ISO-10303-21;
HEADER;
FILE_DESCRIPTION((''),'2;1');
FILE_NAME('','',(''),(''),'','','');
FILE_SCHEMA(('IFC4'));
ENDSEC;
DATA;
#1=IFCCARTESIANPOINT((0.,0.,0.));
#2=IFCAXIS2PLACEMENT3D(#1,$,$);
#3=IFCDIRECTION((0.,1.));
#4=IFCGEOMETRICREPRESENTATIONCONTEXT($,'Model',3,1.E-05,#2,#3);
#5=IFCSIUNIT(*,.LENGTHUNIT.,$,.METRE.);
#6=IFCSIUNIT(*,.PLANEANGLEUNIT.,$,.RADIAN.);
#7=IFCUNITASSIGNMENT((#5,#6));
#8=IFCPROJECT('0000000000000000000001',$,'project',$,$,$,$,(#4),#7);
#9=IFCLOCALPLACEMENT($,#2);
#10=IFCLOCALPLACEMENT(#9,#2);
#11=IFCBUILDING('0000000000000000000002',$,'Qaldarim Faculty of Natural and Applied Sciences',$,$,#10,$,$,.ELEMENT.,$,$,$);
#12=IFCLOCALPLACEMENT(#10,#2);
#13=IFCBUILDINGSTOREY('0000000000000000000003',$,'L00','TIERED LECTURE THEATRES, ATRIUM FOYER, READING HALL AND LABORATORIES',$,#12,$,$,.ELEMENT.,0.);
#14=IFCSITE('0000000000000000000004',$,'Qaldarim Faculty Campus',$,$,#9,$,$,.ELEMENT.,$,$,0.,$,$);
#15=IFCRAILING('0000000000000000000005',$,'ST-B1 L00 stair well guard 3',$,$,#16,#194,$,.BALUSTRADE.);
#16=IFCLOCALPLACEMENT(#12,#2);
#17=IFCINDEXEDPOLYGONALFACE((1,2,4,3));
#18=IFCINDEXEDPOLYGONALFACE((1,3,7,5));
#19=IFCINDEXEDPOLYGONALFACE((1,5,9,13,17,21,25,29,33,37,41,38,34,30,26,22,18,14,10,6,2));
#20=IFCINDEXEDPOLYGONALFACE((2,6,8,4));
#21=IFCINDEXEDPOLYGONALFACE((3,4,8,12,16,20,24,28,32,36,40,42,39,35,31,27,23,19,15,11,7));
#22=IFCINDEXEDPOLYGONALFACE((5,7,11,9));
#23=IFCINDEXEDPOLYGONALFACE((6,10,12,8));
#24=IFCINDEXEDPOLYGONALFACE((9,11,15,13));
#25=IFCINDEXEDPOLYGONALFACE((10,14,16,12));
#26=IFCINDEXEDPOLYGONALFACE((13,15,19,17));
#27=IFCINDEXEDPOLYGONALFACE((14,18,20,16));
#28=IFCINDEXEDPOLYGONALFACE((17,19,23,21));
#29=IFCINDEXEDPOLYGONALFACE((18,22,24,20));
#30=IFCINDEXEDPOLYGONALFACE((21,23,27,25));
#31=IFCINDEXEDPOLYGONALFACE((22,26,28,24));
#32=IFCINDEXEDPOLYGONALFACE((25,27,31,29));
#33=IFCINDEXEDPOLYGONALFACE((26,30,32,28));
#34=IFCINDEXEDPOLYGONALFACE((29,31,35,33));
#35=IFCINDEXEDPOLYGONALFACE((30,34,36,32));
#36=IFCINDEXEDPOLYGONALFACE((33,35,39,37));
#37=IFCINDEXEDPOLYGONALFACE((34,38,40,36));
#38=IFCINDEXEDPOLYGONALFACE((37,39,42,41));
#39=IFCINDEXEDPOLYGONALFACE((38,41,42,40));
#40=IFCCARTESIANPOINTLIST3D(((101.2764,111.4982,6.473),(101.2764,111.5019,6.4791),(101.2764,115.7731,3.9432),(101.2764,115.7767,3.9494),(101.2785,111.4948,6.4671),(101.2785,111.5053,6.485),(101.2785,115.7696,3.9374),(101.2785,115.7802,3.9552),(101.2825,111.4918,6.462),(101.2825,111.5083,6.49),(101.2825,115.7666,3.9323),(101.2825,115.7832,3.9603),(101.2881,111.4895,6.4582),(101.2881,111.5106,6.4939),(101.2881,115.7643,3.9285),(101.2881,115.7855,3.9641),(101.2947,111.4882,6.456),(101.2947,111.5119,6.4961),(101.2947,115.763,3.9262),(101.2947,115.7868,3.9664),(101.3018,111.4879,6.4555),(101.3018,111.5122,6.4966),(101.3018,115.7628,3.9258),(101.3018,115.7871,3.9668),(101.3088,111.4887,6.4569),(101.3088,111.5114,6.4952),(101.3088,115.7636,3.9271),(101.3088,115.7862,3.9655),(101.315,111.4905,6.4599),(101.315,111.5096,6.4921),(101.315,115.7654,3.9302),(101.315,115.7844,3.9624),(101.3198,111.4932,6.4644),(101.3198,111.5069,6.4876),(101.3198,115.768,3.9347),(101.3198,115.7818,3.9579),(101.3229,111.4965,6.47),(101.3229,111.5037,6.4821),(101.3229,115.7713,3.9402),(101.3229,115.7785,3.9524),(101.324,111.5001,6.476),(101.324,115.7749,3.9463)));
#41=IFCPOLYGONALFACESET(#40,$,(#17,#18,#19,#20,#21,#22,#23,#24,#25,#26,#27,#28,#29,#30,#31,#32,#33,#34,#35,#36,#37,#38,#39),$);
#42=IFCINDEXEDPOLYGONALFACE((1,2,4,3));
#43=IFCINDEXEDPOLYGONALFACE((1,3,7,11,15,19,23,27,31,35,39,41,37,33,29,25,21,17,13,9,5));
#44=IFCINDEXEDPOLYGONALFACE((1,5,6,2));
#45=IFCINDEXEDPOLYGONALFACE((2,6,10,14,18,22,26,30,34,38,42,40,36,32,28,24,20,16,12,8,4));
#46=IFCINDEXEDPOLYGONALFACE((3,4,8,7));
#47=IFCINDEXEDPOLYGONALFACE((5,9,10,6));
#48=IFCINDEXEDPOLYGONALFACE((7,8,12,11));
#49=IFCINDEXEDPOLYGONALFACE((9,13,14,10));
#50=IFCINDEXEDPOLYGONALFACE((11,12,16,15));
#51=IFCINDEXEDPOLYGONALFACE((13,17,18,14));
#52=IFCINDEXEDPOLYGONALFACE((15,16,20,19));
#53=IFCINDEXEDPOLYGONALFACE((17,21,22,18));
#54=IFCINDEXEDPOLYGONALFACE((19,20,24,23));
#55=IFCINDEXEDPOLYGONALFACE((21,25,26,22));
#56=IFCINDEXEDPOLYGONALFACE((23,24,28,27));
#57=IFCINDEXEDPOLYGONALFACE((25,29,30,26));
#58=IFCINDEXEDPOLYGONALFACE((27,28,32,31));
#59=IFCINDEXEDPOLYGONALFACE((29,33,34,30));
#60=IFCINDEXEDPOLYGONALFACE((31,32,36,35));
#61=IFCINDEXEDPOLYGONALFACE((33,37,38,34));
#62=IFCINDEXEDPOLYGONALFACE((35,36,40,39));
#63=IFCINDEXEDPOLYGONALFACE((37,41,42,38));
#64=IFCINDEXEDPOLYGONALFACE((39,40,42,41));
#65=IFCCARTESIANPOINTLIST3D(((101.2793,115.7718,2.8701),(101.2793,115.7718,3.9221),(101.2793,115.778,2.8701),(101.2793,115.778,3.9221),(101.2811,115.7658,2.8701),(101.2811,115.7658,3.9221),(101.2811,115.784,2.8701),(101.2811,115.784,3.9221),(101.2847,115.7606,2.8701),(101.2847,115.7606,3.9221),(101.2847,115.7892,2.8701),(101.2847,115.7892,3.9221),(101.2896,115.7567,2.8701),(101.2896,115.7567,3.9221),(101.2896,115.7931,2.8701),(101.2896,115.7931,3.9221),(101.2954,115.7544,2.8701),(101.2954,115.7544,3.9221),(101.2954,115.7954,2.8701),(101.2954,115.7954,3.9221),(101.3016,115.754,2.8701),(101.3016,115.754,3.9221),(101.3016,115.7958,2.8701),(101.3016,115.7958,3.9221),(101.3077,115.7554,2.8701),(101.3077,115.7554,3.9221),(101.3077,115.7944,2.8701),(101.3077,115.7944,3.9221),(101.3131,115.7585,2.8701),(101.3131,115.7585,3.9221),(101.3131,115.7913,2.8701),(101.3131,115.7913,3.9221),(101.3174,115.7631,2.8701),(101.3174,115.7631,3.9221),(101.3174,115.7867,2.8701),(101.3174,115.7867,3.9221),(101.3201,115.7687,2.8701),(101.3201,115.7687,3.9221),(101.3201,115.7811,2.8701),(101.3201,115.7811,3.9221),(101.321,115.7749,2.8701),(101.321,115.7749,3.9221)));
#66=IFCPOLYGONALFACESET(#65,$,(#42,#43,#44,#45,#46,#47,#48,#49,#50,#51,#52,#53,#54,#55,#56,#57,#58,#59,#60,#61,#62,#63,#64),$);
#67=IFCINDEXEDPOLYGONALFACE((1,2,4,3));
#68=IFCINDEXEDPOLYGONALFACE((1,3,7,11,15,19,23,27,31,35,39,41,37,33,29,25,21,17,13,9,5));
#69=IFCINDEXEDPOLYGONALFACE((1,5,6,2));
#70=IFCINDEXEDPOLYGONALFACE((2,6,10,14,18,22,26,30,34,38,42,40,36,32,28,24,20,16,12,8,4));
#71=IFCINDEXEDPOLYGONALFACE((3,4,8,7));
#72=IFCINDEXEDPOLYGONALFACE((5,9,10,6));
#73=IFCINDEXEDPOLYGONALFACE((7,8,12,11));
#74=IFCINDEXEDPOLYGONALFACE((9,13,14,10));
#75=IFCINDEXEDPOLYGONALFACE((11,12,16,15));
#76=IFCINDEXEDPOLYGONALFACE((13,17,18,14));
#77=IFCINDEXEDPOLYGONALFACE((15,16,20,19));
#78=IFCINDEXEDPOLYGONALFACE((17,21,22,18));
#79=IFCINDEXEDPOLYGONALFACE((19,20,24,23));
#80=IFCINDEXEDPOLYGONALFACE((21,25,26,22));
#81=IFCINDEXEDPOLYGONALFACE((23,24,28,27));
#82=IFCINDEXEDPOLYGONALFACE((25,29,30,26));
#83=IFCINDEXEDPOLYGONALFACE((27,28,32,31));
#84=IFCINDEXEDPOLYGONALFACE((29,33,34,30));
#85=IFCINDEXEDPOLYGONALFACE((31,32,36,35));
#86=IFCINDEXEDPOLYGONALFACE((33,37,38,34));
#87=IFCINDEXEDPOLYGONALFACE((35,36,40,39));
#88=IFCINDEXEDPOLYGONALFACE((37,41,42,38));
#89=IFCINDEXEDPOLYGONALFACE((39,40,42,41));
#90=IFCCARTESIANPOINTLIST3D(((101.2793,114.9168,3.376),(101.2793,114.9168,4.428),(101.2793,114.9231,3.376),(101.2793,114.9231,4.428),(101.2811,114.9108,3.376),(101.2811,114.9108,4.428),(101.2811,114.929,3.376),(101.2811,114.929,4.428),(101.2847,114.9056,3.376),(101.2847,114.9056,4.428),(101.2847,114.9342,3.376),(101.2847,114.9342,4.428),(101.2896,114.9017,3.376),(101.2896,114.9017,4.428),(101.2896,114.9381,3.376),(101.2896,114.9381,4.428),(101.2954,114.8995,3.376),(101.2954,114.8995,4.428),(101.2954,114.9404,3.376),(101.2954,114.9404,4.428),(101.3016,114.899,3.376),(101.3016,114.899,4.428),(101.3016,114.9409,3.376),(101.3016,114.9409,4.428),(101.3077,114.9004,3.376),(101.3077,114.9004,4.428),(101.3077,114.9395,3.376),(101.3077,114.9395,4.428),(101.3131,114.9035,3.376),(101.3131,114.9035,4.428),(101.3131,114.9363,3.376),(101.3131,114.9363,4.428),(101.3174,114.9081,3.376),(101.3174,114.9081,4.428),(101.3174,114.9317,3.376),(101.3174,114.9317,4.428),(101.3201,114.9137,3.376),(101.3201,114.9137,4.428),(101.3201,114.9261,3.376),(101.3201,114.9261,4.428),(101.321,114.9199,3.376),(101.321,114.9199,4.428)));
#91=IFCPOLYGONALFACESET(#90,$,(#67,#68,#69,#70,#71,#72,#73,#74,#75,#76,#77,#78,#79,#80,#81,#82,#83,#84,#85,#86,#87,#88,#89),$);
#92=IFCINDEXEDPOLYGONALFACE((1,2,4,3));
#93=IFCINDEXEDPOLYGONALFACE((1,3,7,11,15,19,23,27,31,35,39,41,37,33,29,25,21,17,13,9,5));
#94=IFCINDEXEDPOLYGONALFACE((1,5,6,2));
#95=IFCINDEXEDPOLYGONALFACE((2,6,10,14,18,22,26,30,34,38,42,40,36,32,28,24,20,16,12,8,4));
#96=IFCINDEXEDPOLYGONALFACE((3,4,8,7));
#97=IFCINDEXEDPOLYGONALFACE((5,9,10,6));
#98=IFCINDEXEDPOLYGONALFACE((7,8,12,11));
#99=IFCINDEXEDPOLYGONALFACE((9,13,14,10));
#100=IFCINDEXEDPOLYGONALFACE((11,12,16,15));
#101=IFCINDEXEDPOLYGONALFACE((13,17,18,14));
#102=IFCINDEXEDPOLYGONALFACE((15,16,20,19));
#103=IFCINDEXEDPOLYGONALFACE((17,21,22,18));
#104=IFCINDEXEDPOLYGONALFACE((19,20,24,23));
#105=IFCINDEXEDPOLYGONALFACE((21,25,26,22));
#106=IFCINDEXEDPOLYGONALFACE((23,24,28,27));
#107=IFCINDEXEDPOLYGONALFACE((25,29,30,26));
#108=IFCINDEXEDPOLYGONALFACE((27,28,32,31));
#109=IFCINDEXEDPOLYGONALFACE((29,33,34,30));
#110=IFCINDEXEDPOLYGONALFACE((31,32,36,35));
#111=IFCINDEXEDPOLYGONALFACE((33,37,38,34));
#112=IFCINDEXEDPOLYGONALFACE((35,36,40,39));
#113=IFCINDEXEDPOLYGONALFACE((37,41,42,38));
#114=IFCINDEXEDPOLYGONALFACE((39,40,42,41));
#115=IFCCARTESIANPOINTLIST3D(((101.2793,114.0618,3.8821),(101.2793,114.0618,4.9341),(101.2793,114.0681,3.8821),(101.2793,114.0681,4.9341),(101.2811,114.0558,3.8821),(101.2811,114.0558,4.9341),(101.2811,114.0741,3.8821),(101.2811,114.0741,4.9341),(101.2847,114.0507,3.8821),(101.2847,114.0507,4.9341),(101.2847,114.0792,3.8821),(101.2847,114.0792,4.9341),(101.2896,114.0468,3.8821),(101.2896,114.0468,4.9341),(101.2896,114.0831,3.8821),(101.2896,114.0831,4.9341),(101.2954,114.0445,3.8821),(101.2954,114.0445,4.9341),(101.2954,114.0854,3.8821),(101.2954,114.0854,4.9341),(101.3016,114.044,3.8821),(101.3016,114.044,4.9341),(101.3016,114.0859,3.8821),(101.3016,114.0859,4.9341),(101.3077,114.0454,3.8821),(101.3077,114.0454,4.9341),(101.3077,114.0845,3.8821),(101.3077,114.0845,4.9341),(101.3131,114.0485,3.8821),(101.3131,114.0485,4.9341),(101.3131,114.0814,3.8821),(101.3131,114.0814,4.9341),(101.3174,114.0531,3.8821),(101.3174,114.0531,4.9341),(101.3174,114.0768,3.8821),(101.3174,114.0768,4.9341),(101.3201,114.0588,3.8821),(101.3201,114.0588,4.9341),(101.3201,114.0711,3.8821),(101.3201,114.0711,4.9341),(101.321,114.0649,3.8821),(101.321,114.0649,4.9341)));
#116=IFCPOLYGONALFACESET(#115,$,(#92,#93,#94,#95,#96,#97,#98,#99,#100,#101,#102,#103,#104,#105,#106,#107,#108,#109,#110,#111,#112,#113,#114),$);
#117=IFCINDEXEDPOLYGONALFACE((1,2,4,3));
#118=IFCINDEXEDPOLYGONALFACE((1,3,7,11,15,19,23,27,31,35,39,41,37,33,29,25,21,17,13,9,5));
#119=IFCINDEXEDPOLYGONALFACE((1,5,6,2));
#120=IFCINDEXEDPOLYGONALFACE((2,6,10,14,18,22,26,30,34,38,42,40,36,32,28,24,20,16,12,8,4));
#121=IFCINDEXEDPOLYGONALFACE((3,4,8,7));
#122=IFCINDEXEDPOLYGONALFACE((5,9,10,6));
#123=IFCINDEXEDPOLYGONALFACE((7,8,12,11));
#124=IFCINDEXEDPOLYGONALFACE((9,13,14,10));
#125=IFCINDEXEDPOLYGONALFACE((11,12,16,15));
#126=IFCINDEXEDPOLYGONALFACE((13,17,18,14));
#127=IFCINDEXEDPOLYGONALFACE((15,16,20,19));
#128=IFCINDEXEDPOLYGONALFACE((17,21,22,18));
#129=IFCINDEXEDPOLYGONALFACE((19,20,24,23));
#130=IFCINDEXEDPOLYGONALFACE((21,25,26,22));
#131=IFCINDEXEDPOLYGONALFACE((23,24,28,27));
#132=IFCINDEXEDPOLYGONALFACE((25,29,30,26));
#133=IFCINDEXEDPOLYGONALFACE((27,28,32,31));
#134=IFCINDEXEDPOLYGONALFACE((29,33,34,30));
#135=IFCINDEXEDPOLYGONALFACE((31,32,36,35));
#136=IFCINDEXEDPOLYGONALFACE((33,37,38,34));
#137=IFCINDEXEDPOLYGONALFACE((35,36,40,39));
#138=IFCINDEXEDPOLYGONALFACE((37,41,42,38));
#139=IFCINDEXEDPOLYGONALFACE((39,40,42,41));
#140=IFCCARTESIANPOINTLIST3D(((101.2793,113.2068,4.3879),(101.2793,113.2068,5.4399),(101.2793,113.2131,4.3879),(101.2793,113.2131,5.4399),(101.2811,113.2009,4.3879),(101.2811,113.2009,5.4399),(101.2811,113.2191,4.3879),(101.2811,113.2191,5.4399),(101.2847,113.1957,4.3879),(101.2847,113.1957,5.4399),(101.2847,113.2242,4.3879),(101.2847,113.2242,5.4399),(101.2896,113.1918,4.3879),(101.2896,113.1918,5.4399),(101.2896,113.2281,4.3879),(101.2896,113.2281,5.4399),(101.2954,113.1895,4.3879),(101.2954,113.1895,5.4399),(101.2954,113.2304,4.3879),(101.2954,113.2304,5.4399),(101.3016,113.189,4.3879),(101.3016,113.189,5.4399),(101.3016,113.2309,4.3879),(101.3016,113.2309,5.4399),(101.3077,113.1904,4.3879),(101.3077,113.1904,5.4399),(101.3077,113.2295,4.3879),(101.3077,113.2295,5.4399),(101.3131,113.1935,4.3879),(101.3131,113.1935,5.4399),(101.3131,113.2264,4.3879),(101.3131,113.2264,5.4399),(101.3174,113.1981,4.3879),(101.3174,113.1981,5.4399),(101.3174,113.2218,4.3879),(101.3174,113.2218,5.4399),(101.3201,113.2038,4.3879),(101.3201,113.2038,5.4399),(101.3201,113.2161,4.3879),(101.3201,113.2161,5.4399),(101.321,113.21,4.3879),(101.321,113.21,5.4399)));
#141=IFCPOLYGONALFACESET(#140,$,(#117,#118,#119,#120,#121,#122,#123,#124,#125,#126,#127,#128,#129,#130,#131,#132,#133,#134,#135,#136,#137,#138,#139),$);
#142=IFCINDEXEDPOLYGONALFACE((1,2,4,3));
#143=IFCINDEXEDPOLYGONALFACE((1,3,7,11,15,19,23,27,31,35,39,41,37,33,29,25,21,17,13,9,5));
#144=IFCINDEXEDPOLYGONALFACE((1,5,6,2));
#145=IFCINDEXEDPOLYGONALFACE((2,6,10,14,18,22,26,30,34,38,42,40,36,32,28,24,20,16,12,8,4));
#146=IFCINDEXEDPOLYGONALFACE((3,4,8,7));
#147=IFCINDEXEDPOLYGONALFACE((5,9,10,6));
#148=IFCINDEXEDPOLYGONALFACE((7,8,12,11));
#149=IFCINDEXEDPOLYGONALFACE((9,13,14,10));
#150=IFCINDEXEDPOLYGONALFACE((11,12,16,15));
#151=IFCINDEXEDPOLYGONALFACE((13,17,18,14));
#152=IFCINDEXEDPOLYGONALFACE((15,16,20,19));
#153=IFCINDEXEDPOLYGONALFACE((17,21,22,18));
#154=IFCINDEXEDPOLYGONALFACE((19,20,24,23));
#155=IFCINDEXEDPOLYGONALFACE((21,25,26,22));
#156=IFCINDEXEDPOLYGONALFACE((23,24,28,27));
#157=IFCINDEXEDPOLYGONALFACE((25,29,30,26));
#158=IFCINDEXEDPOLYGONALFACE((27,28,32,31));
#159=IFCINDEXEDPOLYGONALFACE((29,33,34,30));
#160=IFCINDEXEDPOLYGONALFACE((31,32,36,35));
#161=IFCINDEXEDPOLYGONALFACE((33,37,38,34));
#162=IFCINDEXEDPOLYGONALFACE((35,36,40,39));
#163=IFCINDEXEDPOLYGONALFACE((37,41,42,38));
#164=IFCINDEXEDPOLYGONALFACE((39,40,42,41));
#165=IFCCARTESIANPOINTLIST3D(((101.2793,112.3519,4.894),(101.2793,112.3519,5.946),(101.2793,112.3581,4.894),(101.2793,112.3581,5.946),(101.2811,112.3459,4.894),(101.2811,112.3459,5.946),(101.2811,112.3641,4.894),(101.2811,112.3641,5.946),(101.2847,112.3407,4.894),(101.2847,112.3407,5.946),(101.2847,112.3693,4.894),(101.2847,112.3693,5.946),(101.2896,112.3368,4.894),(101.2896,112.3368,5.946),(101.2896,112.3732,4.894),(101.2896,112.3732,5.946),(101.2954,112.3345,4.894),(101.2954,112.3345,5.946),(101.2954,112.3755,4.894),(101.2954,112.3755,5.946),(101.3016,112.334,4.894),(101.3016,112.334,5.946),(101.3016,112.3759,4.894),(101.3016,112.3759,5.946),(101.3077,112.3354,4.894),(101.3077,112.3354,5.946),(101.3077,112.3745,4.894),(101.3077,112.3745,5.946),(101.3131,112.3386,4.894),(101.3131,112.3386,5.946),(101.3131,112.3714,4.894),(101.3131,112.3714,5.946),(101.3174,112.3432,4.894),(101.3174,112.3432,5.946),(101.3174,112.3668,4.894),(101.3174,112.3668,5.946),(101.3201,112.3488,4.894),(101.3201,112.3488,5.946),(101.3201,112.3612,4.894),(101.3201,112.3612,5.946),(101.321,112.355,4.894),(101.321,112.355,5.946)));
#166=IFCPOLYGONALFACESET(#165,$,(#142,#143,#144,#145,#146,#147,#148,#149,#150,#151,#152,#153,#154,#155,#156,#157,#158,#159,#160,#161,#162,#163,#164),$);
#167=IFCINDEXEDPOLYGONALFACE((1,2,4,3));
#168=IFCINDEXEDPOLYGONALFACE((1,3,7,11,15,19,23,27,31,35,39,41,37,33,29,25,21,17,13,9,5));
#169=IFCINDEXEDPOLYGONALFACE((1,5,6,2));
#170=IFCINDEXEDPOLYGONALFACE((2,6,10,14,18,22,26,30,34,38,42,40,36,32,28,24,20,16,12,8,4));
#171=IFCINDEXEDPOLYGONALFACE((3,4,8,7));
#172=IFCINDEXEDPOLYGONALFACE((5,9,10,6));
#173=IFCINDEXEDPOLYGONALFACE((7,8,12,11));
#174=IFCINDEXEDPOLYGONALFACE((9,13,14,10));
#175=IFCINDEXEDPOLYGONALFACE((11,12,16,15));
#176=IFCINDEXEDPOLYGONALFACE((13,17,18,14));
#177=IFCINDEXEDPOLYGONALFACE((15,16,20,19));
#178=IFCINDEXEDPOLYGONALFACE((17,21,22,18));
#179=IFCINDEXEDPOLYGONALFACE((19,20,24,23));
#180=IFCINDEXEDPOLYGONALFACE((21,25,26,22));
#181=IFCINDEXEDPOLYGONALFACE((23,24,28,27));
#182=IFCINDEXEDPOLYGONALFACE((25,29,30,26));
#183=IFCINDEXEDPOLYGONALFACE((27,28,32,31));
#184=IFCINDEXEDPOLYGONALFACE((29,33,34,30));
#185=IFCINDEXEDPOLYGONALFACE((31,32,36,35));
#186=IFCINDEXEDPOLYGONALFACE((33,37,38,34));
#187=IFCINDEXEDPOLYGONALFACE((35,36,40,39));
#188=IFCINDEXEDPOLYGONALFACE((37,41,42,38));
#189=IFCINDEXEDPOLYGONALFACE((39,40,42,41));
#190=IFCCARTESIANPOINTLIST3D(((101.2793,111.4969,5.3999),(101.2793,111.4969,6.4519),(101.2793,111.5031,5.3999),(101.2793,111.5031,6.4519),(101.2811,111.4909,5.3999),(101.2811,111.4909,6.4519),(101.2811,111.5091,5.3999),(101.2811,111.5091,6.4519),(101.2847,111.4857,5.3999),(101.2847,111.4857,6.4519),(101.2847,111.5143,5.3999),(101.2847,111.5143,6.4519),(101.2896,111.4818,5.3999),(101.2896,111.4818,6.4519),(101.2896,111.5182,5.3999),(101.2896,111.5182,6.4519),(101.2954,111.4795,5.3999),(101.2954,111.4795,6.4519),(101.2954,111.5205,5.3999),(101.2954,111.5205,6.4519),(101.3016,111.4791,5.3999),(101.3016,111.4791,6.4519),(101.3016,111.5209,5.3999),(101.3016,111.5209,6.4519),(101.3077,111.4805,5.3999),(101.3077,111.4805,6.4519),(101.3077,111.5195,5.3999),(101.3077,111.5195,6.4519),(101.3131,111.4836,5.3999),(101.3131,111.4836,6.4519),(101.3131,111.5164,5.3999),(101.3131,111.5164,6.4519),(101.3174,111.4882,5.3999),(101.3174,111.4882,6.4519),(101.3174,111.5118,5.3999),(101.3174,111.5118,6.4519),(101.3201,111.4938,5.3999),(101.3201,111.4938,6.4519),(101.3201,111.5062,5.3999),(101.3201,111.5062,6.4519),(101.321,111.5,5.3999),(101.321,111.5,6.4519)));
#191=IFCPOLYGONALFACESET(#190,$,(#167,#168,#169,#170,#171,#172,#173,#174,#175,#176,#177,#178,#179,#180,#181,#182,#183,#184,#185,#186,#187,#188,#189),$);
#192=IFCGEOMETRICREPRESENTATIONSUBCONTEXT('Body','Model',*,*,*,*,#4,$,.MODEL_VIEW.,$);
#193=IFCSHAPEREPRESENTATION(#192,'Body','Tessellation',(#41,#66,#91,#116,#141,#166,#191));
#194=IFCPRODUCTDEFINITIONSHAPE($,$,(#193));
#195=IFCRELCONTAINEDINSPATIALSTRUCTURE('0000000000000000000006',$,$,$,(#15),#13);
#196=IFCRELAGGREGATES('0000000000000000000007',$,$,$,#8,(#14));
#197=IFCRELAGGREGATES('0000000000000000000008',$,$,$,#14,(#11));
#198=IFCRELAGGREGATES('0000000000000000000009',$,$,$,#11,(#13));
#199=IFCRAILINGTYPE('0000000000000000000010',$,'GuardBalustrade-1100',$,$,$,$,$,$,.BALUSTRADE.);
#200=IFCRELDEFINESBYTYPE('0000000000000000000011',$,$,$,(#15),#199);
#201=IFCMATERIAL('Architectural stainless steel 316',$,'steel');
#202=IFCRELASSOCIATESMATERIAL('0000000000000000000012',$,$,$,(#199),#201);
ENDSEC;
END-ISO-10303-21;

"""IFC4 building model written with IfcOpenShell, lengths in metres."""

from ifc_helpers import new_model, si_unit, direction, frame, origin, origin_2d, place, context, subcontext, project, spatial, circle, extrude, material, type_object, element, save


model = new_model("IFC4")

# Units and contexts
model_context = context("Model", 3, precision=1e-05, world=origin(), true_north=direction((0.0, 1.0)))
body_context = subcontext(model_context, "Body", "Model", "MODEL_VIEW")
ifc_project = project(units=[si_unit("LENGTHUNIT", "METRE"), si_unit("PLANEANGLEUNIT", "RADIAN")], contexts=[model_context])

# Site, building, storey
site_placement = place(None, origin())
site = spatial("IfcSite", under=ifc_project, at=site_placement, Name="Qaldarim Faculty Campus", CompositionType="ELEMENT", RefElevation=0.0)
building_placement = place(site_placement, origin())
building = spatial("IfcBuilding", under=site, at=building_placement, Name="Qaldarim Faculty of Natural and Applied Sciences", CompositionType="ELEMENT")
storey_placement = place(building_placement, origin())
storey = spatial("IfcBuildingStorey", under=building, at=storey_placement, Name="L00", Description="TIERED LECTURE THEATRES, ATRIUM FOYER, READING HALL AND LABORATORIES", CompositionType="ELEMENT", Elevation=0.0)

# Shared definitions
ifc_material_1 = material(Name="Architectural stainless steel 316", Category="steel")

# Railing
railing_type_1 = type_object("IfcRailingType", Name="GuardBalustrade-1100", PredefinedType="BALUSTRADE", material=ifc_material_1)
railing_1_placement = place(storey_placement, frame((101.3, 115.7749, 2.8701)))
element("IfcRailing", 1, at=railing_1_placement, inside=storey, type_object=railing_type_1, Name="ST-B1 L00 stair well guard 3", PredefinedType="BALUSTRADE", context=body_context, shape_type="SweptSolid", body=[
    extrude(circle(Radius=0.0239, at=origin_2d()), frame((0.0, 0.0, 1.0762), z_axis=(0.0, -0.8606, 0.509282), x_axis=(1.0, 0.0, 0.0)), (0.0, 0.0, 1.0), 4.9673),
    extrude(circle(Radius=0.021, at=origin_2d()), origin(), (0.0, 0.0, 1.0), 1.052),
    extrude(circle(Radius=0.021, at=origin_2d()), frame((0.0, -0.855, 0.5059)), (0.0, 0.0, 1.0), 1.052),
    extrude(circle(Radius=0.021, at=origin_2d()), frame((0.0, -1.71, 1.012)), (0.0, 0.0, 1.0), 1.052),
    extrude(circle(Radius=0.021, at=origin_2d()), frame((0.0, -2.5649, 1.5178)), (0.0, 0.0, 1.0), 1.052),
    extrude(circle(Radius=0.021, at=origin_2d()), frame((0.0, -3.4199, 2.0239)), (0.0, 0.0, 1.0), 1.052),
    extrude(circle(Radius=0.021, at=origin_2d()), frame((0.0, -4.2749, 2.5298)), (0.0, 0.0, 1.0), 1.052),
])

save(model, "model.ifc")
